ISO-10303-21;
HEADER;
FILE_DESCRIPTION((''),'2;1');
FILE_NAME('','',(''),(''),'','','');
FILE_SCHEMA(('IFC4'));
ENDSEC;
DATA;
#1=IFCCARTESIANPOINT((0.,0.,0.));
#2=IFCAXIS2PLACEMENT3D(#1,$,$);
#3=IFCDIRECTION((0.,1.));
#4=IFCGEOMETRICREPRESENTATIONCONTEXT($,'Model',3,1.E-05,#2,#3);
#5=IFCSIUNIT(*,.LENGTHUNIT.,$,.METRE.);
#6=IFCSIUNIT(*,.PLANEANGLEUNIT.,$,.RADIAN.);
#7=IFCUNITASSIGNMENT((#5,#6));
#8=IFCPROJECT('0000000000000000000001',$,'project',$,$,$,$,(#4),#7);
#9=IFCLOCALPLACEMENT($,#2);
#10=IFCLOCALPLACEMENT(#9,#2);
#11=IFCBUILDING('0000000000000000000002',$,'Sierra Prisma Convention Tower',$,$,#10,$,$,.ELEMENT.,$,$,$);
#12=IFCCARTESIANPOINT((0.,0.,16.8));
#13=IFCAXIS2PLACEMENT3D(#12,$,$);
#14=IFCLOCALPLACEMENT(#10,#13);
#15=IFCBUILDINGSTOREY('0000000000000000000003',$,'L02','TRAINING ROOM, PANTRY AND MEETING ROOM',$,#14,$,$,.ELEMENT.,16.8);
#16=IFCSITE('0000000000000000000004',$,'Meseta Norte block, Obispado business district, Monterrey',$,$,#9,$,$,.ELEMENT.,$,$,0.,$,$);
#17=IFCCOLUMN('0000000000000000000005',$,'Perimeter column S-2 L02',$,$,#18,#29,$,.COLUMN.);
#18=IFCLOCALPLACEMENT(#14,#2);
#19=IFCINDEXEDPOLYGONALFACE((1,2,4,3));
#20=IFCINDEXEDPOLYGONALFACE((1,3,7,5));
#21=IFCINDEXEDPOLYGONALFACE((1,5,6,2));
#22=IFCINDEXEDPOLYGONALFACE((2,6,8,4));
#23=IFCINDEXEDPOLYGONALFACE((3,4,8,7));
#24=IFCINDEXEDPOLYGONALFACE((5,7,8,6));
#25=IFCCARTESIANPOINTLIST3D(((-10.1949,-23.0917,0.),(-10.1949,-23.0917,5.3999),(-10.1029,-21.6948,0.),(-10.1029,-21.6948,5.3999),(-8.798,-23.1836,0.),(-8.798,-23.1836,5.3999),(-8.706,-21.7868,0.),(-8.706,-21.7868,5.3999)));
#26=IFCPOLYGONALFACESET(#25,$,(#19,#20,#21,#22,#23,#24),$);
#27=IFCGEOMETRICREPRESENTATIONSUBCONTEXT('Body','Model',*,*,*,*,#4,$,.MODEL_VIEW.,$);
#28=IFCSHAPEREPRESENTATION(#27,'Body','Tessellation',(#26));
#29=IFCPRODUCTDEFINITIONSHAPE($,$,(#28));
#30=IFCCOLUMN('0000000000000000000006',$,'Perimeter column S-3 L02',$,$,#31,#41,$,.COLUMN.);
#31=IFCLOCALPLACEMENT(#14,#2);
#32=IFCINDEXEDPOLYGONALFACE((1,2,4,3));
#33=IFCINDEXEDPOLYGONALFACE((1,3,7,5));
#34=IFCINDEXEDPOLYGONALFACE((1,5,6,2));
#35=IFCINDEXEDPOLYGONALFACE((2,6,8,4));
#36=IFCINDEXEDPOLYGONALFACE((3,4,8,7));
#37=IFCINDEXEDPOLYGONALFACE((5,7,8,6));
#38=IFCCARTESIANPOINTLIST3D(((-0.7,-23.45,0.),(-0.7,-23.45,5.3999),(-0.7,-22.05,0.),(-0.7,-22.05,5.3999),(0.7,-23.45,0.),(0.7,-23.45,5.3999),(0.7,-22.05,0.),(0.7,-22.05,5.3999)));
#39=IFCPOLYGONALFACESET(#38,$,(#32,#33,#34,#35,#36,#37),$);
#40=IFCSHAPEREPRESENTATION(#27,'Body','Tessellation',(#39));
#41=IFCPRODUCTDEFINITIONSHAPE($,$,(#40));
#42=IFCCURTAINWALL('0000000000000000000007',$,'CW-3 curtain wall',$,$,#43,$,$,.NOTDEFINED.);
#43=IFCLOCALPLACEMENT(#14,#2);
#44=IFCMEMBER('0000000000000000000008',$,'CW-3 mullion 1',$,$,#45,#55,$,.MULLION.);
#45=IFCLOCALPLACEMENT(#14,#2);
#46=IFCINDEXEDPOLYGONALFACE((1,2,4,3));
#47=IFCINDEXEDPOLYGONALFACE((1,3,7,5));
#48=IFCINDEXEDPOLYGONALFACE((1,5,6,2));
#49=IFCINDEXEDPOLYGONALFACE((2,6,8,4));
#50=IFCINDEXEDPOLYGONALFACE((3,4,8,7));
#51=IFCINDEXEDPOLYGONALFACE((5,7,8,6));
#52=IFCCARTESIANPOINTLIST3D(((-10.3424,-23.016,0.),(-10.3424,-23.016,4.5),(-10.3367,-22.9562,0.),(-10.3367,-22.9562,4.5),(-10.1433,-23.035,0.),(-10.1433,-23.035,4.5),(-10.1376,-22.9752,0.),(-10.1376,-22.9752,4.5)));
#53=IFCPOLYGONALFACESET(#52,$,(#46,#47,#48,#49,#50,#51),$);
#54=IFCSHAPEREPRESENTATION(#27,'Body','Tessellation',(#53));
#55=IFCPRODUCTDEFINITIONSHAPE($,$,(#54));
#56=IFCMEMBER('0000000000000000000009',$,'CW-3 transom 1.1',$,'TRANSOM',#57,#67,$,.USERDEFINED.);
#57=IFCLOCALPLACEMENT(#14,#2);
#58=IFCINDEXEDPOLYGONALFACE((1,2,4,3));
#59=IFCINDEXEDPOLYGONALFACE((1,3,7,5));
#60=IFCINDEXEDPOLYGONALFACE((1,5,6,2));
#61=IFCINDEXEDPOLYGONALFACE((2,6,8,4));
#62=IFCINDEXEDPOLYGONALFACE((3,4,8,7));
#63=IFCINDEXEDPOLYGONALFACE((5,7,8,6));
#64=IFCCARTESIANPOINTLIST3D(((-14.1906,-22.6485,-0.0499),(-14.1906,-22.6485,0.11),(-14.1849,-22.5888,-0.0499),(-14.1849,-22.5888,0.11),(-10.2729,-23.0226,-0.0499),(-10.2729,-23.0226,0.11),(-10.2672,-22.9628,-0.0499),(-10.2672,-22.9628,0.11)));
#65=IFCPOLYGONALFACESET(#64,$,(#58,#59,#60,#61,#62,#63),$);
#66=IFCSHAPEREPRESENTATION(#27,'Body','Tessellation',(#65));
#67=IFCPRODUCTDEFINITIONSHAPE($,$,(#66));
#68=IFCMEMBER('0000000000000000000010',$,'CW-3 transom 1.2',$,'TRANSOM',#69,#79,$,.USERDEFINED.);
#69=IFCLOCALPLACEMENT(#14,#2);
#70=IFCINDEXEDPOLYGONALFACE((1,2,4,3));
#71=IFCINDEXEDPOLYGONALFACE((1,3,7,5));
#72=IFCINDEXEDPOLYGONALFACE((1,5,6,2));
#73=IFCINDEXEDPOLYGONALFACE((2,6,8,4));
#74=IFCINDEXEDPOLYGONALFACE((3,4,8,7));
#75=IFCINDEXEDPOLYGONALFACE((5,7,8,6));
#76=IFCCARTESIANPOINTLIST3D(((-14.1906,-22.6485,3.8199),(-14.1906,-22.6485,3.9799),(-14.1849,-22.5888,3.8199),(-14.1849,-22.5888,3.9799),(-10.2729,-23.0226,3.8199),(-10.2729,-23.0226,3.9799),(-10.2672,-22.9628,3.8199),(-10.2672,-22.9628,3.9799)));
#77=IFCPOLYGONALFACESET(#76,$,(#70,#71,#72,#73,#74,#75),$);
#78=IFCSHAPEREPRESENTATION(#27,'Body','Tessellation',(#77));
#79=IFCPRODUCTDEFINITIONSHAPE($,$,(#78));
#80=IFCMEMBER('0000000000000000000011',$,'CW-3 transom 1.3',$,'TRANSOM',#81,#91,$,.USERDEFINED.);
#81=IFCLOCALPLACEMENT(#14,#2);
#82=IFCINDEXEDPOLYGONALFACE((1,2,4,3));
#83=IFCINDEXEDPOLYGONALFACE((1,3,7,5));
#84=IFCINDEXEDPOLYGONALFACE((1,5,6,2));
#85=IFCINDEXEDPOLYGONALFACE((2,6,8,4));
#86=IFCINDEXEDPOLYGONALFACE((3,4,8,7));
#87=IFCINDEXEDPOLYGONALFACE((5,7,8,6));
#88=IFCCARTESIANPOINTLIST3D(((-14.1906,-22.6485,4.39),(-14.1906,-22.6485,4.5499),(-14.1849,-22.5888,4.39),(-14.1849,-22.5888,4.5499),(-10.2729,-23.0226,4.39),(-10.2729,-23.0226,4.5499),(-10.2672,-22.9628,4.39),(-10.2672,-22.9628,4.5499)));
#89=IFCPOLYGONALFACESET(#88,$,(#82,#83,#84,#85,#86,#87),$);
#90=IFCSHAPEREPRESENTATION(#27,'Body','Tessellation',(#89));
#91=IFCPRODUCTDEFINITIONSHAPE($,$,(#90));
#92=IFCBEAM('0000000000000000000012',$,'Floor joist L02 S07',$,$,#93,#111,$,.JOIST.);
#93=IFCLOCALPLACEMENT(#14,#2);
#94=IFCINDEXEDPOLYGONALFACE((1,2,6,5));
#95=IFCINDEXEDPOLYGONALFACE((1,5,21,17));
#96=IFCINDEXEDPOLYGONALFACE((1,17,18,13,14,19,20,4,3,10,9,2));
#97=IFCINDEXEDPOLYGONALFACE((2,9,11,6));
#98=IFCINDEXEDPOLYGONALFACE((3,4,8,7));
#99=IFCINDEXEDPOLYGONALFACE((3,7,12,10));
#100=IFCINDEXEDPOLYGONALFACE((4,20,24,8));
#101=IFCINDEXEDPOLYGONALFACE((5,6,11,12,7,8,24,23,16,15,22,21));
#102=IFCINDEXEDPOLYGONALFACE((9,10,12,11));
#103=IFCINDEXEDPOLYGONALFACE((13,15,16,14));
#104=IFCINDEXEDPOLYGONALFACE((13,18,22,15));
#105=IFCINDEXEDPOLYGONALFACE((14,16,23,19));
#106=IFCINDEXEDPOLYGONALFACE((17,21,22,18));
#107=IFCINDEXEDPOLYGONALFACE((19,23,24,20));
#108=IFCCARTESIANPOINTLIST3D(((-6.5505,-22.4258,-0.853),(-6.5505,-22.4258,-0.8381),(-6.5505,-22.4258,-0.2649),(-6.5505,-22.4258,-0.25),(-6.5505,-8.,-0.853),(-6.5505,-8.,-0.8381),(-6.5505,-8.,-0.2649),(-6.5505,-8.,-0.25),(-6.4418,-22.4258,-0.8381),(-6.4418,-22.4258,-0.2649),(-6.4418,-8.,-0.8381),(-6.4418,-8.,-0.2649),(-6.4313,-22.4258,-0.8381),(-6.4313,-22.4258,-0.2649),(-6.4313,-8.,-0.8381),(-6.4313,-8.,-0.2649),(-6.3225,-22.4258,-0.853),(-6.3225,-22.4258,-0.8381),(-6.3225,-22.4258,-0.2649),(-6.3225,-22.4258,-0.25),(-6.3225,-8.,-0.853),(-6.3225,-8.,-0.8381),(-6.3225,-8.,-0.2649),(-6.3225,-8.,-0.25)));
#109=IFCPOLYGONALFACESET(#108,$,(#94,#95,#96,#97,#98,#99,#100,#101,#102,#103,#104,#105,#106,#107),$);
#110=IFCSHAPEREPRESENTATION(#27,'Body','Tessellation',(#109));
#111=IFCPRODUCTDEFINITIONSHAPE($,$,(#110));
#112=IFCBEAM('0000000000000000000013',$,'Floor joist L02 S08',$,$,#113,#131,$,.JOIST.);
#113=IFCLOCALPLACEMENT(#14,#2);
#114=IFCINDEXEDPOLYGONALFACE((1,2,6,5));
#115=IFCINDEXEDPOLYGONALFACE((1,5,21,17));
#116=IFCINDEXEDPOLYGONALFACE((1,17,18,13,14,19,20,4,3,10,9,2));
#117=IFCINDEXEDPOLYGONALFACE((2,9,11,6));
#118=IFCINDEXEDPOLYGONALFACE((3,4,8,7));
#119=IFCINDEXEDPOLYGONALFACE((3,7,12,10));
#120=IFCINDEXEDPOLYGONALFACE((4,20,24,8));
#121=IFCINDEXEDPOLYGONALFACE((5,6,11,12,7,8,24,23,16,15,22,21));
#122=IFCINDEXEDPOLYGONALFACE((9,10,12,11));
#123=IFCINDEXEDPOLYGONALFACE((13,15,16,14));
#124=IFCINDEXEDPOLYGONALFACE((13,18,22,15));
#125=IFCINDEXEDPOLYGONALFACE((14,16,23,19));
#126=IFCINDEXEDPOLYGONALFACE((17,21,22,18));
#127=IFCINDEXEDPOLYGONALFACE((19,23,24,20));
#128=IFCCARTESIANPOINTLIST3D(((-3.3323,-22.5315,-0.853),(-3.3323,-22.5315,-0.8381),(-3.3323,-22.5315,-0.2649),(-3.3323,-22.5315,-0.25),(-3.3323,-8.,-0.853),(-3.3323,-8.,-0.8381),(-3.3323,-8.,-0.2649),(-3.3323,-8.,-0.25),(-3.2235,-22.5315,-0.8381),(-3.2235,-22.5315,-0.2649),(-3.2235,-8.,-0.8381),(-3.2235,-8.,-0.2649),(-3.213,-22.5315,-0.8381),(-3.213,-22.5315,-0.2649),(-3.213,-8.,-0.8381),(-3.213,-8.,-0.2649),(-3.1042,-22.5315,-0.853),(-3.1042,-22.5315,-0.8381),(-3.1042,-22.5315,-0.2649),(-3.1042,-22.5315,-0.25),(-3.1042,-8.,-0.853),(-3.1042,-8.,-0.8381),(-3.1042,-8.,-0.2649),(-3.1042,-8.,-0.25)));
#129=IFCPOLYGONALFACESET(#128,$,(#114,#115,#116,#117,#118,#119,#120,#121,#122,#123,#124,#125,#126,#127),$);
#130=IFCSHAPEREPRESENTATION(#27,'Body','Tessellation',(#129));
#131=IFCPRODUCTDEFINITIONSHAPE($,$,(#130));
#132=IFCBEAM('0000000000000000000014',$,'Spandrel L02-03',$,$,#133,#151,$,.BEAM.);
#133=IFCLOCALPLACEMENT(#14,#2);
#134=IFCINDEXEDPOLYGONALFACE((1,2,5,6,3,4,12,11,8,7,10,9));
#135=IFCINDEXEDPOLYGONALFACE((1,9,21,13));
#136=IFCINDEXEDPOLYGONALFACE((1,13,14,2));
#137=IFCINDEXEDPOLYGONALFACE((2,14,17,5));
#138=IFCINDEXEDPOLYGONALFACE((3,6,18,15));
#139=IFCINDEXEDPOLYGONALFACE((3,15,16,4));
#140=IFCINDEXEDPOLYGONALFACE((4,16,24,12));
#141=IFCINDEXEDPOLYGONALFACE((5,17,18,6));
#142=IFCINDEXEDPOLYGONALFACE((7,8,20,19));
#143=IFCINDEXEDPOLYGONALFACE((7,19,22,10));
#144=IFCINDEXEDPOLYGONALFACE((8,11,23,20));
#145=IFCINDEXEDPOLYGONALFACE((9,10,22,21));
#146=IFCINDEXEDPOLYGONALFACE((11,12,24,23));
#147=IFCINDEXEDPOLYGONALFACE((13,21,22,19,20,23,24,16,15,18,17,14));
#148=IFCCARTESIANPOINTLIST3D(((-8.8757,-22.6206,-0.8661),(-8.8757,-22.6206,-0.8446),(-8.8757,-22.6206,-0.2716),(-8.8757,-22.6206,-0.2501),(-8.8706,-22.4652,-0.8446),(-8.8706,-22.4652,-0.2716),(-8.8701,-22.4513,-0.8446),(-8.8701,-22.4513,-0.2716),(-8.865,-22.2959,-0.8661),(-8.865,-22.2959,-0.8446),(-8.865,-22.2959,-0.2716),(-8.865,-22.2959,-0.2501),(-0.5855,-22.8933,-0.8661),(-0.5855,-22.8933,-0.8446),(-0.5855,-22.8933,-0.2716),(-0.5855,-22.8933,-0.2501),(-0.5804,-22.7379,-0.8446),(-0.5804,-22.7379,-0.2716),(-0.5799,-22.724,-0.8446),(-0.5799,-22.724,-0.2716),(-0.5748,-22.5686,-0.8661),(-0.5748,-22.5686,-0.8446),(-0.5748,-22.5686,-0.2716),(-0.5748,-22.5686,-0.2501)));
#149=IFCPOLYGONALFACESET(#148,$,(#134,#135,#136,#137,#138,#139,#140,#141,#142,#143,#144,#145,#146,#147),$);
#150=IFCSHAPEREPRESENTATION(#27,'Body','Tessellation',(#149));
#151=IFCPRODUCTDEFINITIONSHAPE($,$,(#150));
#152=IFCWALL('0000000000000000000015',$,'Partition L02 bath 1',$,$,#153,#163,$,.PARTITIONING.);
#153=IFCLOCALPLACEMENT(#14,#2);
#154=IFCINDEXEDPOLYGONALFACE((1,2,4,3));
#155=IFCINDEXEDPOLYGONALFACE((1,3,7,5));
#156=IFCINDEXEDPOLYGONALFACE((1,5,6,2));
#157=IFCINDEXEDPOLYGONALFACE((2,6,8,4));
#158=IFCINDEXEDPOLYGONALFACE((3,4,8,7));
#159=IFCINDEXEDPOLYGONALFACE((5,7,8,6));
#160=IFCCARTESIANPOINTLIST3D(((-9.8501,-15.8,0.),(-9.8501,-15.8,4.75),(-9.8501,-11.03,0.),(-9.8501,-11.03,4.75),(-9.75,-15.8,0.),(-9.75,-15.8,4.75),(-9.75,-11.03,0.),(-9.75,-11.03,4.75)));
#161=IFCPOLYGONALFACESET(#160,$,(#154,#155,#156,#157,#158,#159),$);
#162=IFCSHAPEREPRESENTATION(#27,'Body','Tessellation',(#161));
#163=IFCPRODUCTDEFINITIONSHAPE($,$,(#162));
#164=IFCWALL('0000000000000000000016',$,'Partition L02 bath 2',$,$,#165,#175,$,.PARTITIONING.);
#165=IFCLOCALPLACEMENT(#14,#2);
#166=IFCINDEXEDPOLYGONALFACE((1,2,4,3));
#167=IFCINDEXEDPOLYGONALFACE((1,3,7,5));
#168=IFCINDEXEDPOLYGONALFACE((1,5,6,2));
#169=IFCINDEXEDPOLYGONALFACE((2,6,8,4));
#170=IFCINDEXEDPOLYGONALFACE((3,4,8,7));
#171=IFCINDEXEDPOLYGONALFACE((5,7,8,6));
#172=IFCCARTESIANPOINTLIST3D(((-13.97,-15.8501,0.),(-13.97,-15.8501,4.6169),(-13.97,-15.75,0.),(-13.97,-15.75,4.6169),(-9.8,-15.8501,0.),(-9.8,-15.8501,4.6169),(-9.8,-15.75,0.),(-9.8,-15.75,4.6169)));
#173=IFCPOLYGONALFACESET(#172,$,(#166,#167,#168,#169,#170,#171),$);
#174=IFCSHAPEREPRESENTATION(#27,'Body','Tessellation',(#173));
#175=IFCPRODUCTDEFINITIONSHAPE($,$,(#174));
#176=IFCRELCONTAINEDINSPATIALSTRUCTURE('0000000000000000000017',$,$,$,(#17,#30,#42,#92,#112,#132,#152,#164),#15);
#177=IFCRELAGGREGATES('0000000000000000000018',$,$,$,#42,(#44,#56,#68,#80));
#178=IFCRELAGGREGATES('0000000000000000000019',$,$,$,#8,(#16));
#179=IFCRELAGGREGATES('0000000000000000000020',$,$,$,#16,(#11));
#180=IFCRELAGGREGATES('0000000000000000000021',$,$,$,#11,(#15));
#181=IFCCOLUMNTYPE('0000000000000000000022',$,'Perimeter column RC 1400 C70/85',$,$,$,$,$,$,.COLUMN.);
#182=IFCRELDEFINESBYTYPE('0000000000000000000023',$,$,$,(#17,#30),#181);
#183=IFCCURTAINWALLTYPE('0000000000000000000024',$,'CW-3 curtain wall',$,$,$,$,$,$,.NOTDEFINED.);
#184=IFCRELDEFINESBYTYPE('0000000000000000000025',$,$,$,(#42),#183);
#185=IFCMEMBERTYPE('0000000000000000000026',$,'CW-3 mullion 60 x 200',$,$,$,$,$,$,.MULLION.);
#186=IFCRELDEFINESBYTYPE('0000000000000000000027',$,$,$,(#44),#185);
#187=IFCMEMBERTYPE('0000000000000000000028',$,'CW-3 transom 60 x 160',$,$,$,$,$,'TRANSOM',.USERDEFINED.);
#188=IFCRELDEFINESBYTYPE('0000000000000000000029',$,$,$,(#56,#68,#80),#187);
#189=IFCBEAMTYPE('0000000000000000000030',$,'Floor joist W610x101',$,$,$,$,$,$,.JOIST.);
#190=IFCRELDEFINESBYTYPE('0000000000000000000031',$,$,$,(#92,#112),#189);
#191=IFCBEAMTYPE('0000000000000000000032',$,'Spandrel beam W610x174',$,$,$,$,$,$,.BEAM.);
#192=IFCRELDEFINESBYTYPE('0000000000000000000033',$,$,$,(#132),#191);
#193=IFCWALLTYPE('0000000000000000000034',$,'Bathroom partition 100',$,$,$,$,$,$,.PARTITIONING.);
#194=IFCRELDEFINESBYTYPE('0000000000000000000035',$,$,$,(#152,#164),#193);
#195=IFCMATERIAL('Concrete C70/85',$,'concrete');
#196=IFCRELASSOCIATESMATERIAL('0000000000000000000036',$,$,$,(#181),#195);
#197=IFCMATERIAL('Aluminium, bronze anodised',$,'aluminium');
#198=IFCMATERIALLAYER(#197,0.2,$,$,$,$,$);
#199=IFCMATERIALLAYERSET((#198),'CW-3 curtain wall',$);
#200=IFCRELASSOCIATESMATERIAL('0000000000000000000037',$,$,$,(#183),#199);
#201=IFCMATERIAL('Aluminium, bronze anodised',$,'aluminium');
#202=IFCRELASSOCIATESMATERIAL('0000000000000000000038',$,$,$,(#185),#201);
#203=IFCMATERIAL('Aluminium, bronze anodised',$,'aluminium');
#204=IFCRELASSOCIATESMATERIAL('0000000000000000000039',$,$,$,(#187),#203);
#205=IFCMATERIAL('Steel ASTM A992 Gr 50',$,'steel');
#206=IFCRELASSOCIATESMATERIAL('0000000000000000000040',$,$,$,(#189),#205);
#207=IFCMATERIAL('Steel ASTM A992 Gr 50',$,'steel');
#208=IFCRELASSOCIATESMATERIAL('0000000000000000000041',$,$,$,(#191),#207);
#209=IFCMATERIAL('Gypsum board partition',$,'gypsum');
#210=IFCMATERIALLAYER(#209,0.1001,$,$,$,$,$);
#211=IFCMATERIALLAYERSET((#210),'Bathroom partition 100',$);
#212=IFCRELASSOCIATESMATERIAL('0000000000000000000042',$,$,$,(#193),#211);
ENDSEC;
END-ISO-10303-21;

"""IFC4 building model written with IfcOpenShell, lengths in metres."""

from ifc_helpers import new_model, si_unit, direction, frame, frame_2d, origin, origin_2d, place, context, subcontext, project, spatial, rectangle, i_section, extrude, material, layer, layer_set, material_profile, profile_set, type_object, element, aggregate, save


model = new_model("IFC4")

# Units and contexts
model_context = context("Model", 3, precision=1e-05, world=origin(), true_north=direction((0.0, 1.0)))
body_context = subcontext(model_context, "Body", "Model", "MODEL_VIEW")
ifc_project = project(units=[si_unit("LENGTHUNIT", "METRE"), si_unit("PLANEANGLEUNIT", "RADIAN")], contexts=[model_context])

# Site, building, storey
site_placement = place(None, origin())
site = spatial("IfcSite", under=ifc_project, at=site_placement, Name="Meseta Norte block, Obispado business district, Monterrey", CompositionType="ELEMENT", RefElevation=0.0)
building_placement = place(site_placement, origin())
building = spatial("IfcBuilding", under=site, at=building_placement, Name="Sierra Prisma Convention Tower", CompositionType="ELEMENT")
storey_placement = place(building_placement, frame((0.0, 0.0, 16.8)))
storey = spatial("IfcBuildingStorey", under=building, at=storey_placement, Name="L02", Description="TRAINING ROOM, PANTRY AND MEETING ROOM", CompositionType="ELEMENT", Elevation=16.8)

# Columns
ifc_material_1 = material(Name="Concrete C70/85", Category="concrete")
ifc_material_profile_1 = material_profile(ifc_material_1, rectangle(XDim=1.3999, YDim=1.3999, at=origin_2d()), Name="Perimeter column RC 1400 C70/85")
ifc_profile_set_1 = profile_set([ifc_material_profile_1], Name="Concrete C70/85")
column_type = type_object("IfcColumnType", Name="Perimeter column RC 1400 C70/85", PredefinedType="COLUMN", material=ifc_profile_set_1)
for number, where, z_axis, x_axis, name in (
    (1, (-9.4504, -22.4392, 0.0), (0.0, 0.0, 1.0), (-0.997839, 0.065699, 0.0), "Perimeter column S-2 L02"),
    (2, (0.0, -22.75, 0.0), (0.0, 0.0, 1.0), (1.0, 0.0, 0.0), "Perimeter column S-3 L02"),
):
    element("IfcColumn", number, at=place(storey_placement, frame(where, z_axis=z_axis, x_axis=x_axis)), inside=storey, type_object=column_type, Name=name, PredefinedType="COLUMN", context=body_context, shape_type="SweptSolid", body=[
        extrude(rectangle(XDim=1.3999, YDim=1.3999, at=origin_2d()), origin(), (0.0, 0.0, 1.0), 5.3999),
    ])

# Curtain wall, members
ifc_material_2 = material(Name="Aluminium, bronze anodised", Category="aluminium")
ifc_layer_1 = layer(ifc_material_2, 0.2)
ifc_layer_set_1 = layer_set([ifc_layer_1], Name="CW-3 curtain wall")
curtain_wall_type = type_object("IfcCurtainWallType", Name="CW-3 curtain wall", PredefinedType="NOTDEFINED", material=ifc_layer_set_1)
curtain_wall_placement = place(storey_placement, origin())
curtain_wall = element("IfcCurtainWall", 3, at=curtain_wall_placement, inside=storey, type_object=curtain_wall_type, Name="CW-3 curtain wall", PredefinedType="NOTDEFINED")
ifc_material_3 = material(Name="Aluminium, bronze anodised", Category="aluminium")
ifc_material_profile_2 = material_profile(ifc_material_3, rectangle(XDim=0.0601, YDim=0.2, at=origin_2d()), Name="CW-3 mullion 60 x 200")
ifc_profile_set_2 = profile_set([ifc_material_profile_2], Name="Aluminium, bronze anodised")
member_type_1 = type_object("IfcMemberType", Name="CW-3 mullion 60 x 200", PredefinedType="MULLION", material=ifc_profile_set_2)
member_1_placement = place(storey_placement, frame((-10.24, -22.9956, 0.0), z_axis=(0.0, 0.0, 1.0), x_axis=(-0.095075, -0.99547, 0.0)))
member_1 = element("IfcMember", 4, at=member_1_placement, type_object=member_type_1, Name="CW-3 mullion 1", PredefinedType="MULLION", context=body_context, shape_type="SweptSolid", body=[
    extrude(rectangle(XDim=0.0601, YDim=0.2, at=origin_2d()), origin(), (0.0, 0.0, 1.0), 4.5),
])
ifc_material_4 = material(Name="Aluminium, bronze anodised", Category="aluminium")
ifc_material_profile_3 = material_profile(ifc_material_4, rectangle(XDim=0.0601, YDim=0.1599, at=origin_2d()), Name="CW-3 transom 60 x 160")
ifc_profile_set_3 = profile_set([ifc_material_profile_3], Name="Aluminium, bronze anodised")
member_type_2 = type_object("IfcMemberType", Name="CW-3 transom 60 x 160", ElementType="TRANSOM", PredefinedType="USERDEFINED", material=ifc_profile_set_3)
member_2_placement = place(storey_placement, frame((-10.27, -22.9927, 0.03), z_axis=(-0.995474, 0.095037, 0.0), x_axis=(-0.095037, -0.995474, 0.0)))
member_2 = element("IfcMember", 5, at=member_2_placement, type_object=member_type_2, Name="CW-3 transom 1.1", ObjectType="TRANSOM", PredefinedType="USERDEFINED", context=body_context, shape_type="SweptSolid", body=[
    extrude(rectangle(XDim=0.0601, YDim=0.1599, at=origin_2d()), origin(), (0.0, 0.0, 1.0), 3.9355),
])
member_3_placement = place(storey_placement, frame((-10.27, -22.9927, 3.8999), z_axis=(-0.995474, 0.095037, 0.0), x_axis=(-0.095037, -0.995474, 0.0)))
member_3 = element("IfcMember", 6, at=member_3_placement, type_object=member_type_2, Name="CW-3 transom 1.2", ObjectType="TRANSOM", PredefinedType="USERDEFINED", context=body_context, shape_type="SweptSolid", body=[
    extrude(rectangle(XDim=0.0601, YDim=0.1599, at=origin_2d()), origin(), (0.0, 0.0, 1.0), 3.9355),
])
member_4_placement = place(storey_placement, frame((-10.27, -22.9927, 4.47), z_axis=(-0.995474, 0.095037, 0.0), x_axis=(-0.095037, -0.995474, 0.0)))
member_4 = element("IfcMember", 7, at=member_4_placement, type_object=member_type_2, Name="CW-3 transom 1.3", ObjectType="TRANSOM", PredefinedType="USERDEFINED", context=body_context, shape_type="SweptSolid", body=[
    extrude(rectangle(XDim=0.0601, YDim=0.1599, at=origin_2d()), origin(), (0.0, 0.0, 1.0), 3.9355),
])
aggregate(curtain_wall, [member_1, member_2, member_3, member_4])

# Beams
ifc_material_5 = material(Name="Steel ASTM A992 Gr 50", Category="steel")
ifc_material_profile_4 = material_profile(ifc_material_5, i_section(OverallWidth=0.228, OverallDepth=0.603, WebThickness=0.0105, FlangeThickness=0.0149, at=origin_2d()), Name="W610x101")
ifc_profile_set_4 = profile_set([ifc_material_profile_4], Name="Steel ASTM A992 Gr 50")
beam_type_1 = type_object("IfcBeamType", Name="Floor joist W610x101", PredefinedType="JOIST", material=ifc_profile_set_4)
beam_1_placement = place(storey_placement, frame((-6.4365, -22.4258, -0.5515), z_axis=(0.0, 1.0, 0.0), x_axis=(-1.0, 0.0, 0.0)))
element("IfcBeam", 8, at=beam_1_placement, inside=storey, type_object=beam_type_1, Name="Floor joist L02 S07", PredefinedType="JOIST", context=body_context, shape_type="SweptSolid", body=[
    extrude(i_section(OverallWidth=0.228, OverallDepth=0.603, WebThickness=0.0105, FlangeThickness=0.0149, at=origin_2d()), origin(), (0.0, 0.0, 1.0), 14.4258),
])
beam_2_placement = place(storey_placement, frame((-3.2183, -22.5315, -0.5515), z_axis=(0.0, 1.0, 0.0), x_axis=(-1.0, 0.0, 0.0)))
element("IfcBeam", 9, at=beam_2_placement, inside=storey, type_object=beam_type_1, Name="Floor joist L02 S08", PredefinedType="JOIST", context=body_context, shape_type="SweptSolid", body=[
    extrude(i_section(OverallWidth=0.228, OverallDepth=0.603, WebThickness=0.0105, FlangeThickness=0.0149, at=origin_2d()), origin(), (0.0, 0.0, 1.0), 14.5315),
])
ifc_material_6 = material(Name="Steel ASTM A992 Gr 50", Category="steel")
ifc_material_profile_5 = material_profile(ifc_material_6, i_section(OverallWidth=0.325, OverallDepth=0.616, WebThickness=0.0139, FlangeThickness=0.0215, at=origin_2d()), Name="W610x174")
ifc_profile_set_5 = profile_set([ifc_material_profile_5], Name="Steel ASTM A992 Gr 50")
beam_type_2 = type_object("IfcBeamType", Name="Spandrel beam W610x174", PredefinedType="BEAM", material=ifc_profile_set_5)
beam_3_placement = place(storey_placement, frame((-8.8704, -22.4583, -0.5581), z_axis=(0.999459, -0.032877, 0.0), x_axis=(0.032877, 0.999459, 0.0)))
element("IfcBeam", 10, at=beam_3_placement, inside=storey, type_object=beam_type_2, Name="Spandrel L02-03", PredefinedType="BEAM", context=body_context, shape_type="SweptSolid", body=[
    extrude(i_section(OverallWidth=0.325, OverallDepth=0.616, WebThickness=0.0139, FlangeThickness=0.0215, at=origin_2d()), origin(), (0.0, 0.0, 1.0), 8.2947),
])

# Walls
ifc_material_7 = material(Name="Gypsum board partition", Category="gypsum")
ifc_layer_2 = layer(ifc_material_7, 0.1001)
ifc_layer_set_2 = layer_set([ifc_layer_2], Name="Bathroom partition 100")
wall_type_1 = type_object("IfcWallType", Name="Bathroom partition 100", PredefinedType="PARTITIONING", material=ifc_layer_set_2)
wall_1_placement = place(storey_placement, frame((-9.8, -11.03, 0.0), z_axis=(0.0, 0.0, 1.0), x_axis=(0.0, -1.0, 0.0)))
element("IfcWall", 11, at=wall_1_placement, inside=storey, type_object=wall_type_1, Name="Partition L02 bath 1", PredefinedType="PARTITIONING", context=body_context, shape_type="SweptSolid", body=[
    extrude(rectangle(XDim=4.77, YDim=0.1001, at=frame_2d((2.385, 0.0))), origin(), (0.0, 0.0, 1.0), 4.75),
])
wall_2_placement = place(storey_placement, frame((-9.8, -15.8, 0.0), z_axis=(0.0, 0.0, 1.0), x_axis=(-1.0, 0.0, 0.0)))
element("IfcWall", 12, at=wall_2_placement, inside=storey, type_object=wall_type_1, Name="Partition L02 bath 2", PredefinedType="PARTITIONING", context=body_context, shape_type="SweptSolid", body=[
    extrude(rectangle(XDim=4.1699, YDim=0.1001, at=frame_2d((2.085, 0.0))), origin(), (0.0, 0.0, 1.0), 4.6169),
])

save(model, "model.ifc")
